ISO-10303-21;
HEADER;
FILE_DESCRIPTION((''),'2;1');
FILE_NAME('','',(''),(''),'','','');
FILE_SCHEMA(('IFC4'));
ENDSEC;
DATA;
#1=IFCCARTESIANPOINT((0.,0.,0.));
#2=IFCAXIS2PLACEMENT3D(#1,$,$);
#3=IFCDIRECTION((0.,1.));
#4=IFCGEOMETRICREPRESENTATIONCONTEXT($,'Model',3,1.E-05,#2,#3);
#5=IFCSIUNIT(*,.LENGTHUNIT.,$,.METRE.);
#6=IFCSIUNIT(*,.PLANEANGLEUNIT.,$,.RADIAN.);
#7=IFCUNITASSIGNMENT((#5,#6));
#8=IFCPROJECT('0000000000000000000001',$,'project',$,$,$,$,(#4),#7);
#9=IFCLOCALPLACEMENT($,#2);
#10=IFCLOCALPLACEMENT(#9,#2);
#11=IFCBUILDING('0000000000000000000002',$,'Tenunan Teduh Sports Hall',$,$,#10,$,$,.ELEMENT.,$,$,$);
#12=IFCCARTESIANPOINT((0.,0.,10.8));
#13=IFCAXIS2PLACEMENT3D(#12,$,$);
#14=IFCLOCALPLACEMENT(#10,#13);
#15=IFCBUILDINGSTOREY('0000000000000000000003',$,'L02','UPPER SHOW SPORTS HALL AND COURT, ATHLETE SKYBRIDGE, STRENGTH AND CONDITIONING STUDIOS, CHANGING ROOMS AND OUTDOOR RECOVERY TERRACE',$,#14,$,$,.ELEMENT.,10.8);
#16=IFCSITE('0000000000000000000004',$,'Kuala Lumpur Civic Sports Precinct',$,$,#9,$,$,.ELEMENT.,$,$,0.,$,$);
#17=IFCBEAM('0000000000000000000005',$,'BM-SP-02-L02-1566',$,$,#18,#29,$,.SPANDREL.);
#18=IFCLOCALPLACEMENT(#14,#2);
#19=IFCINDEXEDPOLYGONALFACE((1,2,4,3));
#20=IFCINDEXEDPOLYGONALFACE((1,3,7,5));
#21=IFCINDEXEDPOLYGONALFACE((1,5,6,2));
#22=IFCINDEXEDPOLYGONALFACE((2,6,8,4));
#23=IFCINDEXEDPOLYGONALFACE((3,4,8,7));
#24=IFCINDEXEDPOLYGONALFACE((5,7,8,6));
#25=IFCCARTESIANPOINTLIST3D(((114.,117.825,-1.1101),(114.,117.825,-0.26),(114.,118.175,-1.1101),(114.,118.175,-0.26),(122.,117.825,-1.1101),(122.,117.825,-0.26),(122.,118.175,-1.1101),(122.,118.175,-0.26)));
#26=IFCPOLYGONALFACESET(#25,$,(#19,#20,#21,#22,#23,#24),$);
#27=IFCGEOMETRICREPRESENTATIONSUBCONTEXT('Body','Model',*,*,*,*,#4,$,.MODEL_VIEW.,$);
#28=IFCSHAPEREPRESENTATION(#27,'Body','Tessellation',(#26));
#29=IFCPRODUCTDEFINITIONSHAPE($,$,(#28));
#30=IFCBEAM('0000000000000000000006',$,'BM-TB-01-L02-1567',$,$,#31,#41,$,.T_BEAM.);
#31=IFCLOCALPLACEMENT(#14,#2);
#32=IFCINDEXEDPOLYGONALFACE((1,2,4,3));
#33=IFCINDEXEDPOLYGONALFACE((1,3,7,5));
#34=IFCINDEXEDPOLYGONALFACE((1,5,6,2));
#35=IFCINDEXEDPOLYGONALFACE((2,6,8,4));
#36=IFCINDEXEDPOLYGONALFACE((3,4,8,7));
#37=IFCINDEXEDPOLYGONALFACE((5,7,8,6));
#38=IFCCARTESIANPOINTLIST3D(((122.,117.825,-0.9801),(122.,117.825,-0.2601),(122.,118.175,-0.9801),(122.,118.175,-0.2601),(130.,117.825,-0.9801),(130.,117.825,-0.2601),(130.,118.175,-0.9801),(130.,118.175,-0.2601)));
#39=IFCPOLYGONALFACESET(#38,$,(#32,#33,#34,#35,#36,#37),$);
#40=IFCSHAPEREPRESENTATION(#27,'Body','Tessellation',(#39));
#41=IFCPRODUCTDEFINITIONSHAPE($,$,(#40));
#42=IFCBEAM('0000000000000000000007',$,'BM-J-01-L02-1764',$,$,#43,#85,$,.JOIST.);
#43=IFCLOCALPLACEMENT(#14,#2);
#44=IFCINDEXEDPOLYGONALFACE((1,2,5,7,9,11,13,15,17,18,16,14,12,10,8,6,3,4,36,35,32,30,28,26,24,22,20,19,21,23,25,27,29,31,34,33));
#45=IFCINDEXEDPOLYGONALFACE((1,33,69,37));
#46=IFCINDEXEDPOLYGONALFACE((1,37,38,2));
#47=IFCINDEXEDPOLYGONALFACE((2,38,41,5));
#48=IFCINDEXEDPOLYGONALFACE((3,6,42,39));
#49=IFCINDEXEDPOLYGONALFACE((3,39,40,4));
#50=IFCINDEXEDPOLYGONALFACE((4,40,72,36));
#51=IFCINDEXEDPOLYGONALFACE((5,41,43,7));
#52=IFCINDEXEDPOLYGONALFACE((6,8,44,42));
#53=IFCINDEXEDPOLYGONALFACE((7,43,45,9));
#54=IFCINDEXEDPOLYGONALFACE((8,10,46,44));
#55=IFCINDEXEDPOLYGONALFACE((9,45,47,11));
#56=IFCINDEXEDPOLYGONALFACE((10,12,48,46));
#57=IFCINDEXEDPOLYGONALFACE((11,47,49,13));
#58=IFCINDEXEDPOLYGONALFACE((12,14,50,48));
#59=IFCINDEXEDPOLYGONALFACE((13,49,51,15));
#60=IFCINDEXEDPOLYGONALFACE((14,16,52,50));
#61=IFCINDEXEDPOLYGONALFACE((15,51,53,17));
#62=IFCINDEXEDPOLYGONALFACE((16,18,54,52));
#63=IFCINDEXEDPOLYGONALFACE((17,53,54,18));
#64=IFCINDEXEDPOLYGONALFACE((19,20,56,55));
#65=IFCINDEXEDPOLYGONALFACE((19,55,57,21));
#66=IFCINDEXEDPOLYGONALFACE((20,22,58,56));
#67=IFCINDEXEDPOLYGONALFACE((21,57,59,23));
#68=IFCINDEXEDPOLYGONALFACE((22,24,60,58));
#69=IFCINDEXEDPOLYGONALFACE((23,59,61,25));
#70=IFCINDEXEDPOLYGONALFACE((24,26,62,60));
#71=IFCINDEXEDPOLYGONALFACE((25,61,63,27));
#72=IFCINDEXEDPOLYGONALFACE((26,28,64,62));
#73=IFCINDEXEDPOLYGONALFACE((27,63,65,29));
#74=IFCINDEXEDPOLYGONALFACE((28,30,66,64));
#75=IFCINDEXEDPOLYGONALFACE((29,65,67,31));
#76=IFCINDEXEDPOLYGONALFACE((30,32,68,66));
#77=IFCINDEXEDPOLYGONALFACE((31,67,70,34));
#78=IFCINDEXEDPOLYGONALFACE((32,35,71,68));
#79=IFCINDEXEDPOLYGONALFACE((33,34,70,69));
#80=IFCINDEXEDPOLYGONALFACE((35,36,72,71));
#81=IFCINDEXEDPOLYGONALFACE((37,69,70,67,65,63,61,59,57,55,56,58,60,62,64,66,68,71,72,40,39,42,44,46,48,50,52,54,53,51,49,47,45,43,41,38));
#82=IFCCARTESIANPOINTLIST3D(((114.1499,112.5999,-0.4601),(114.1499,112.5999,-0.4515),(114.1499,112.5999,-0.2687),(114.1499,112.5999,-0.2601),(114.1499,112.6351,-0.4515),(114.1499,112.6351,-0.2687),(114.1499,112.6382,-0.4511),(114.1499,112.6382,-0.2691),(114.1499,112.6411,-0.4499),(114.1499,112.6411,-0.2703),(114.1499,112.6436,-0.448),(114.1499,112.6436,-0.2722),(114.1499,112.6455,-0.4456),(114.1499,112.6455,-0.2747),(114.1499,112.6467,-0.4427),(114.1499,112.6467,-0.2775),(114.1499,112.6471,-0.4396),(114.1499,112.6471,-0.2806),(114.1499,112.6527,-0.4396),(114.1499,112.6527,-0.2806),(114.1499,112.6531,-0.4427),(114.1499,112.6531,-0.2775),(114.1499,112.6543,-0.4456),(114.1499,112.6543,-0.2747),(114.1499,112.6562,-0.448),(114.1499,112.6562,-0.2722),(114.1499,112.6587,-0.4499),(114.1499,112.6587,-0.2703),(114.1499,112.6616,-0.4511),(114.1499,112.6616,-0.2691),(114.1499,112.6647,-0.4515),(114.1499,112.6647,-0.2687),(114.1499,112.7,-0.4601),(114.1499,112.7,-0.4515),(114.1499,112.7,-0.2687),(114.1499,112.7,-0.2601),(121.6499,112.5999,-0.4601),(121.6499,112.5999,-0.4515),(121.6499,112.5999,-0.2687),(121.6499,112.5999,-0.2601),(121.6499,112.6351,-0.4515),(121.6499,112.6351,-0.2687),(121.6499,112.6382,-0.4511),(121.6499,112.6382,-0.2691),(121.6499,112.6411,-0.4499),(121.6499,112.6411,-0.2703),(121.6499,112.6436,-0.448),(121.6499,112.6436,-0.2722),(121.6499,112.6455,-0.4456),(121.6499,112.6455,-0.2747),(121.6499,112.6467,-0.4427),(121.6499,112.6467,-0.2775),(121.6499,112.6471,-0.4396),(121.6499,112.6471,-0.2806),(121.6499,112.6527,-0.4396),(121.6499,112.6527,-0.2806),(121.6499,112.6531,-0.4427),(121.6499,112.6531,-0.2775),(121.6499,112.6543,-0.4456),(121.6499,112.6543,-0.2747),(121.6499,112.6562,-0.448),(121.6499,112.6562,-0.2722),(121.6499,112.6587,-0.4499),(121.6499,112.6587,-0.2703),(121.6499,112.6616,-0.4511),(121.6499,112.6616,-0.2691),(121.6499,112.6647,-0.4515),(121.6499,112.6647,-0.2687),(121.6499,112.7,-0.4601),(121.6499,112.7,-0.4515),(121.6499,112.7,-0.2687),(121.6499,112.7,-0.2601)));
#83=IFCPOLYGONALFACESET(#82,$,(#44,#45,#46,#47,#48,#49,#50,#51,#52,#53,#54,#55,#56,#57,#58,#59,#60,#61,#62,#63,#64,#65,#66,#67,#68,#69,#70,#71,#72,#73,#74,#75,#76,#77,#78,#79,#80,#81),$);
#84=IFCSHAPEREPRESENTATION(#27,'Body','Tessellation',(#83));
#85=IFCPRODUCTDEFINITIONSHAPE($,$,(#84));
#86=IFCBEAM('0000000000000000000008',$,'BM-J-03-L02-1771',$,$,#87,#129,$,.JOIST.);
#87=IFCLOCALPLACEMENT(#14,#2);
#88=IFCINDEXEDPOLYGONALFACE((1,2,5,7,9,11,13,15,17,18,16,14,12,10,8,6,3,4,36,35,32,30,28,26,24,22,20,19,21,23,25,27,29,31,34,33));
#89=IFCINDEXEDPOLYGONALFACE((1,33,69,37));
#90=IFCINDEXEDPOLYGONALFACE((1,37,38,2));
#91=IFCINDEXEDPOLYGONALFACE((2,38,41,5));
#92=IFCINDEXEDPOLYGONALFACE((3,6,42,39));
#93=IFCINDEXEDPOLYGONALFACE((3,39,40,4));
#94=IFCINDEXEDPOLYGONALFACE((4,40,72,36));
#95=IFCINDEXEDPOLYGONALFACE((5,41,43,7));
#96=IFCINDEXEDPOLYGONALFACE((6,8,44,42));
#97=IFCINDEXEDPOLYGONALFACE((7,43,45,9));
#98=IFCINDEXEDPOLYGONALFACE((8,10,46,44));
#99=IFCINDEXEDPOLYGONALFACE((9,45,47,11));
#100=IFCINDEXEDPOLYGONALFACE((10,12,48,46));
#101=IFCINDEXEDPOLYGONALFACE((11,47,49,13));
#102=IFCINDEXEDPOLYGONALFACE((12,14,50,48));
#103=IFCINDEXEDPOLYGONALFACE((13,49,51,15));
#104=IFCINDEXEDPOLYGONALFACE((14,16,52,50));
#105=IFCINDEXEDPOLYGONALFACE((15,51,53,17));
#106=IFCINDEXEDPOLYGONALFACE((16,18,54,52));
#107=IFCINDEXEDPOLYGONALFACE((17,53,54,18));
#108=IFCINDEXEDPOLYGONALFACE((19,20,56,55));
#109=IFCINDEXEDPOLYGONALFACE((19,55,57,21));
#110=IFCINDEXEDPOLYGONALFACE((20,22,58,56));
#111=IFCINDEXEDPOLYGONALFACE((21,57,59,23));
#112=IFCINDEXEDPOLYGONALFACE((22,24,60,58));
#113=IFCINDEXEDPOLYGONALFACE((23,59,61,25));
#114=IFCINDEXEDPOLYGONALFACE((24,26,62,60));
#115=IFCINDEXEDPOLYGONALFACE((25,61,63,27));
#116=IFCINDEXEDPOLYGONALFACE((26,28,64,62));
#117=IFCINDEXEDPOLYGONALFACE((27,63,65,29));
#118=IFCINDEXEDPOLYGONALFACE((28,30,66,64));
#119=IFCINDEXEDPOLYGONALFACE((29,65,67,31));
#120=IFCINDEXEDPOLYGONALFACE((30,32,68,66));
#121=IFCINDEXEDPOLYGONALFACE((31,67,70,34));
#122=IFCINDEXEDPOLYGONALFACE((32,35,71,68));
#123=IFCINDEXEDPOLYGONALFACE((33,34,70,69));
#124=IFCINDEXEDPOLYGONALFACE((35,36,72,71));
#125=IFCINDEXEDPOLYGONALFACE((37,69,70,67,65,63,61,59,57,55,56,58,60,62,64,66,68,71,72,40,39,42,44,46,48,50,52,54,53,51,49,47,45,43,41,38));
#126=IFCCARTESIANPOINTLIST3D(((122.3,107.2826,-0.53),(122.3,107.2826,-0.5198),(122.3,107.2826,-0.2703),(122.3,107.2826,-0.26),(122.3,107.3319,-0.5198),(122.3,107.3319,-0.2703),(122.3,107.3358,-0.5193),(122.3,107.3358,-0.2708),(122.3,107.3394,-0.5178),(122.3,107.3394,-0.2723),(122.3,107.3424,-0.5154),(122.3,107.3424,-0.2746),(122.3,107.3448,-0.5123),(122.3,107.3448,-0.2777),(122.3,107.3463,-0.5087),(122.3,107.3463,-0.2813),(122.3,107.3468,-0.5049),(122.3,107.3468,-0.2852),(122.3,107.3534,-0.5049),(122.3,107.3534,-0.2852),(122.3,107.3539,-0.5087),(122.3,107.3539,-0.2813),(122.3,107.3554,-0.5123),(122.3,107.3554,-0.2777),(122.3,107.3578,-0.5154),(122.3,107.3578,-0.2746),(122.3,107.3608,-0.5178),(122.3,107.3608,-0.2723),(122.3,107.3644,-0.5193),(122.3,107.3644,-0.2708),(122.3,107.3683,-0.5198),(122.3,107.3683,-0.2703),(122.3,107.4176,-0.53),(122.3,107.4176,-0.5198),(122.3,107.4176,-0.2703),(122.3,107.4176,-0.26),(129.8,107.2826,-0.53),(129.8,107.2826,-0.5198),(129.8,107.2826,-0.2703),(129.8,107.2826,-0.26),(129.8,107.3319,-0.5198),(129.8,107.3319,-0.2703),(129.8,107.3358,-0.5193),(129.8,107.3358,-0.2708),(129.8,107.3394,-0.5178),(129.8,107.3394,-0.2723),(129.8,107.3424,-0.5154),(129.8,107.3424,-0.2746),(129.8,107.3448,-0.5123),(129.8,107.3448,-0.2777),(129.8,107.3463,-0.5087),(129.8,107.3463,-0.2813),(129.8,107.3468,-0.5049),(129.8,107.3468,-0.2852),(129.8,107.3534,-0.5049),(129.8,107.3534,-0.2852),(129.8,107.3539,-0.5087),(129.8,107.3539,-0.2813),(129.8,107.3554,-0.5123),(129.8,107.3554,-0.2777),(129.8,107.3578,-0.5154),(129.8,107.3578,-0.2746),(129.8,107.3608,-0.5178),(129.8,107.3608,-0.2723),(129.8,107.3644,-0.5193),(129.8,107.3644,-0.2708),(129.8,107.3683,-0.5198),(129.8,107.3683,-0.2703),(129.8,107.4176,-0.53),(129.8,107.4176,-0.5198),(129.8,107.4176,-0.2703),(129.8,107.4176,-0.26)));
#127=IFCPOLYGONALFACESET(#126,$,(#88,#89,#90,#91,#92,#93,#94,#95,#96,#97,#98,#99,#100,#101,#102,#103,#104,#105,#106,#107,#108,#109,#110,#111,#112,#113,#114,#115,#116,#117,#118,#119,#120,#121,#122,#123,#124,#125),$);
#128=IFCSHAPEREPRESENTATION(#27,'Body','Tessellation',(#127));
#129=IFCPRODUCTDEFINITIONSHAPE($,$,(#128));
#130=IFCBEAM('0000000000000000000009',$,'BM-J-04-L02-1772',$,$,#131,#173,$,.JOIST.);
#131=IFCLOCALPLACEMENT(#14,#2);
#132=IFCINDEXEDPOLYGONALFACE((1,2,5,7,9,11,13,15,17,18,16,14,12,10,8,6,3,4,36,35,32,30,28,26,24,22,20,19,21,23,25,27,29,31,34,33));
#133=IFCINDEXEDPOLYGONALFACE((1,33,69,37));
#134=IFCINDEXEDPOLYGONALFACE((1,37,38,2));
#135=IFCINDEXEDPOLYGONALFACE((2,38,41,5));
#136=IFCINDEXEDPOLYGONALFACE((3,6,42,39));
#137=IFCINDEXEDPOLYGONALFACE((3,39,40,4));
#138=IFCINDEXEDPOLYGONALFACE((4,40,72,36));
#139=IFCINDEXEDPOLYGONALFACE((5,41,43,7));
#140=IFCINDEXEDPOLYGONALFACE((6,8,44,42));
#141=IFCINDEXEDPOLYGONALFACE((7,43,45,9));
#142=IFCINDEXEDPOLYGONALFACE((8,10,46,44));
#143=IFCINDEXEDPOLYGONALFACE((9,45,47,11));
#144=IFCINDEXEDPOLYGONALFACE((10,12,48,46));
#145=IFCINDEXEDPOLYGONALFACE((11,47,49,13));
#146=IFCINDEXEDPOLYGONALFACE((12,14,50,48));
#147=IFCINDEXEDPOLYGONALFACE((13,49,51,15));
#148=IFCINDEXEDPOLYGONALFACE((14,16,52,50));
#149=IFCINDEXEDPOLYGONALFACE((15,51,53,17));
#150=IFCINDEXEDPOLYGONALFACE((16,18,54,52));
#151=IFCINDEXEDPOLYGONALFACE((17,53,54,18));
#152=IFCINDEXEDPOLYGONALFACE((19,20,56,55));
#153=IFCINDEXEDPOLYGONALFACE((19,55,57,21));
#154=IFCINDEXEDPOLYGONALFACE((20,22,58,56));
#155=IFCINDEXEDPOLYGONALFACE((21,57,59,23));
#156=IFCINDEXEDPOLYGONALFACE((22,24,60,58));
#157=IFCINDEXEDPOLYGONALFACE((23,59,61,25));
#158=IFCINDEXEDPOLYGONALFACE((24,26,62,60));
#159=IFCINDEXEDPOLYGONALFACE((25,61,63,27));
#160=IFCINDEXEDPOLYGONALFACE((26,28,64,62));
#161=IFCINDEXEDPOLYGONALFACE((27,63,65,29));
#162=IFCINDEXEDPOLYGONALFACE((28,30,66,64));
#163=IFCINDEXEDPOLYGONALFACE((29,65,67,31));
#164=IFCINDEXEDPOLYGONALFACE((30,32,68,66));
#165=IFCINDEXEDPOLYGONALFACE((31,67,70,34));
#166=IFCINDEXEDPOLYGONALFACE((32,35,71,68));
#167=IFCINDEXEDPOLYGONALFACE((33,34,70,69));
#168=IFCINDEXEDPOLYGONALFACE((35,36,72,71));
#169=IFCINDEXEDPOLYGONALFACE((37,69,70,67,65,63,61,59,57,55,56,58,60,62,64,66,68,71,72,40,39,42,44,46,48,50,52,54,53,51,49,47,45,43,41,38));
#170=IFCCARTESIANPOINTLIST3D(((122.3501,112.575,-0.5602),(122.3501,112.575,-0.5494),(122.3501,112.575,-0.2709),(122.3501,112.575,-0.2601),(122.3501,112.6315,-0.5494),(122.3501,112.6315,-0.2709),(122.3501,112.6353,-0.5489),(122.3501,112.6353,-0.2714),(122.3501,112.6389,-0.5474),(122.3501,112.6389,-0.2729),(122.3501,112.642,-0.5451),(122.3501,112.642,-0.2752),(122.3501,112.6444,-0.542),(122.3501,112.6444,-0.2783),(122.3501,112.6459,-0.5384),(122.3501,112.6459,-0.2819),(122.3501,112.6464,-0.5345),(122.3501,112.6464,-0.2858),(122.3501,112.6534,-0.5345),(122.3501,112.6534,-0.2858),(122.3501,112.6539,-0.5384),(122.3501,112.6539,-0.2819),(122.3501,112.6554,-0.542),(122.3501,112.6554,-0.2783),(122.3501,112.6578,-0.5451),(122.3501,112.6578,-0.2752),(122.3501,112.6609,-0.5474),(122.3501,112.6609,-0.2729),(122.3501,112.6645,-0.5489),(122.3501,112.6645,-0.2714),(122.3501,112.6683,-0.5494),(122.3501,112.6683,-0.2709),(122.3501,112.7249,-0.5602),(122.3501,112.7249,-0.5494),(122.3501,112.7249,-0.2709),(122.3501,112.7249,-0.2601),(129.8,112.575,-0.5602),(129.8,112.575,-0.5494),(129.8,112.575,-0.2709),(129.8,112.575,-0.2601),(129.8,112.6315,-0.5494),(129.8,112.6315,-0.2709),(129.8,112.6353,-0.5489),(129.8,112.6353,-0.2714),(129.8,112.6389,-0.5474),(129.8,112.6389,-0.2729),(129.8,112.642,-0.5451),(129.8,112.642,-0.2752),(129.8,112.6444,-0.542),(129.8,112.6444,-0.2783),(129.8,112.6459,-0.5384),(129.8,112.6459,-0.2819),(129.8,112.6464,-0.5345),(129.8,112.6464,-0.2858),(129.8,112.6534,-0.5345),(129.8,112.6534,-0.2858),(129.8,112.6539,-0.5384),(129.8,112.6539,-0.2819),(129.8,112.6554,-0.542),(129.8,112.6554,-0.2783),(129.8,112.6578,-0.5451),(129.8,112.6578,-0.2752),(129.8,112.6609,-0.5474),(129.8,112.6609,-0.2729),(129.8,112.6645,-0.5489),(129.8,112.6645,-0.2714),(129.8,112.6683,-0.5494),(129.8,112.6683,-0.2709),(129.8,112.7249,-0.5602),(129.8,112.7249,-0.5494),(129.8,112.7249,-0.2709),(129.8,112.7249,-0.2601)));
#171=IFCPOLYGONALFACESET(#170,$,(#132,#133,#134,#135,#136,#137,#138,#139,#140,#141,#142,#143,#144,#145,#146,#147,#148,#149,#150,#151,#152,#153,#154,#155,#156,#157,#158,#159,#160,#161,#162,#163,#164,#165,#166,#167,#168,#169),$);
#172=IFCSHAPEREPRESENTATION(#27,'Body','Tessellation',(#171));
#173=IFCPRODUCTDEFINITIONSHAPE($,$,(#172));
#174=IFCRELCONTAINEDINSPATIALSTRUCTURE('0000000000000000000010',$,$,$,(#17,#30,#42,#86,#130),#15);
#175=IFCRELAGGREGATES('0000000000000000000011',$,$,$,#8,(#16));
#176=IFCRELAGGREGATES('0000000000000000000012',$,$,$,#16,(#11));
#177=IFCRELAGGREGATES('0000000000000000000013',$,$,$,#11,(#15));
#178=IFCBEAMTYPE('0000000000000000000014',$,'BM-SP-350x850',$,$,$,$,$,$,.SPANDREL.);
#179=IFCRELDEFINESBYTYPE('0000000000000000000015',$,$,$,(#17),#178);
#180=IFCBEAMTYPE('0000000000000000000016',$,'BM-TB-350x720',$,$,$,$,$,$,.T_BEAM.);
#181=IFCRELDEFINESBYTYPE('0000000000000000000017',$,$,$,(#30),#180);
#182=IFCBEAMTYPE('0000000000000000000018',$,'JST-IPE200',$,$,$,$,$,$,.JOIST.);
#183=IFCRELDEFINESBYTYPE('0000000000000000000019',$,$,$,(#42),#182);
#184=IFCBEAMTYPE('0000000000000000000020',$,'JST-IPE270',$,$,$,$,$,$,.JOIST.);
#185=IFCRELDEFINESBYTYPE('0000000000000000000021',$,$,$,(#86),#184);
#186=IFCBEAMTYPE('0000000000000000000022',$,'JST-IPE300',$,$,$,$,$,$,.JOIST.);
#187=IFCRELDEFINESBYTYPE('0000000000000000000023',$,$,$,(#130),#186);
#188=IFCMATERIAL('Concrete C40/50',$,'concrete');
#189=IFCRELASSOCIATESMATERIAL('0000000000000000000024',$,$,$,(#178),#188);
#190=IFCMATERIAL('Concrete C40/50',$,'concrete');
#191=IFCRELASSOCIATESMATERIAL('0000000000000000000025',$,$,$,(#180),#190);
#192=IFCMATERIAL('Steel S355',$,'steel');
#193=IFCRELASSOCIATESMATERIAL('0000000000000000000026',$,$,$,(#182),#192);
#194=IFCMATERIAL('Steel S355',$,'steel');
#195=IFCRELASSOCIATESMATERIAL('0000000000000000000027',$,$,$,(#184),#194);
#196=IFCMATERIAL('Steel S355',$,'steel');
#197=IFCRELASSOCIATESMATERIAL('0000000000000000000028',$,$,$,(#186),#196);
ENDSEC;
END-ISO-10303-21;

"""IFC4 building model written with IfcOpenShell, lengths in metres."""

from ifc_helpers import new_model, si_unit, direction, frame, origin, origin_2d, place, context, subcontext, project, spatial, rectangle, i_section, extrude, material, material_profile, profile_set, type_object, element, save


model = new_model("IFC4")

# Units and contexts
model_context = context("Model", 3, precision=1e-05, world=origin(), true_north=direction((0.0, 1.0)))
body_context = subcontext(model_context, "Body", "Model", "MODEL_VIEW")
ifc_project = project(units=[si_unit("LENGTHUNIT", "METRE"), si_unit("PLANEANGLEUNIT", "RADIAN")], contexts=[model_context])

# Site, building, storey
site_placement = place(None, origin())
site = spatial("IfcSite", under=ifc_project, at=site_placement, Name="Kuala Lumpur Civic Sports Precinct", CompositionType="ELEMENT", RefElevation=0.0)
building_placement = place(site_placement, origin())
building = spatial("IfcBuilding", under=site, at=building_placement, Name="Tenunan Teduh Sports Hall", CompositionType="ELEMENT")
storey_placement = place(building_placement, frame((0.0, 0.0, 10.8)))
storey = spatial("IfcBuildingStorey", under=building, at=storey_placement, Name="L02", Description="UPPER SHOW SPORTS HALL AND COURT, ATHLETE SKYBRIDGE, STRENGTH AND CONDITIONING STUDIOS, CHANGING ROOMS AND OUTDOOR RECOVERY TERRACE", CompositionType="ELEMENT", Elevation=10.8)

# Beams
ifc_material_1 = material(Name="Concrete C40/50", Category="concrete")
ifc_material_profile_1 = material_profile(ifc_material_1, rectangle(XDim=0.3501, YDim=0.8501, at=origin_2d()), Name="SPB 350x850")
ifc_profile_set_1 = profile_set([ifc_material_profile_1], Name="Concrete C40/50")
beam_type_1 = type_object("IfcBeamType", Name="BM-SP-350x850", PredefinedType="SPANDREL", material=ifc_profile_set_1)
beam_1_placement = place(storey_placement, frame((114.0, 118.0, -0.6851), z_axis=(1.0, 0.0, 0.0), x_axis=(0.0, 1.0, 0.0)))
element("IfcBeam", 1, at=beam_1_placement, inside=storey, type_object=beam_type_1, Name="BM-SP-02-L02-1566", PredefinedType="SPANDREL", context=body_context, shape_type="SweptSolid", body=[
    extrude(rectangle(XDim=0.3501, YDim=0.8501, at=origin_2d()), origin(), (0.0, 0.0, 1.0), 8.0),
])
ifc_material_2 = material(Name="Concrete C40/50", Category="concrete")
ifc_material_profile_2 = material_profile(ifc_material_2, rectangle(XDim=0.3501, YDim=0.72, at=origin_2d()), Name="TB 350x720")
ifc_profile_set_2 = profile_set([ifc_material_profile_2], Name="Concrete C40/50")
beam_type_2 = type_object("IfcBeamType", Name="BM-TB-350x720", PredefinedType="T_BEAM", material=ifc_profile_set_2)
beam_2_placement = place(storey_placement, frame((122.0, 118.0, -0.6201), z_axis=(1.0, 0.0, 0.0), x_axis=(0.0, 1.0, 0.0)))
element("IfcBeam", 2, at=beam_2_placement, inside=storey, type_object=beam_type_2, Name="BM-TB-01-L02-1567", PredefinedType="T_BEAM", context=body_context, shape_type="SweptSolid", body=[
    extrude(rectangle(XDim=0.3501, YDim=0.72, at=origin_2d()), origin(), (0.0, 0.0, 1.0), 8.0),
])
ifc_material_3 = material(Name="Steel S355", Category="steel")
ifc_material_profile_3 = material_profile(ifc_material_3, i_section(OverallWidth=0.1001, OverallDepth=0.2, WebThickness=0.0056, FlangeThickness=0.0085, FilletRadius=0.012, at=origin_2d()), Name="IPE 200")
ifc_profile_set_3 = profile_set([ifc_material_profile_3], Name="Steel S355")
beam_type_3 = type_object("IfcBeamType", Name="JST-IPE200", PredefinedType="JOIST", material=ifc_profile_set_3)
beam_3_placement = place(storey_placement, frame((114.1499, 112.6499, -0.3601), z_axis=(1.0, 0.0, 0.0), x_axis=(0.0, 1.0, 0.0)))
element("IfcBeam", 3, at=beam_3_placement, inside=storey, type_object=beam_type_3, Name="BM-J-01-L02-1764", PredefinedType="JOIST", context=body_context, shape_type="SweptSolid", body=[
    extrude(i_section(OverallWidth=0.1001, OverallDepth=0.2, WebThickness=0.0056, FlangeThickness=0.0085, FilletRadius=0.012, at=origin_2d()), origin(), (0.0, 0.0, 1.0), 7.5),
])
ifc_material_4 = material(Name="Steel S355", Category="steel")
ifc_material_profile_4 = material_profile(ifc_material_4, i_section(OverallWidth=0.135, OverallDepth=0.27, WebThickness=0.0066, FlangeThickness=0.0103, FilletRadius=0.0149, at=origin_2d()), Name="IPE 270")
ifc_profile_set_4 = profile_set([ifc_material_profile_4], Name="Steel S355")
beam_type_4 = type_object("IfcBeamType", Name="JST-IPE270", PredefinedType="JOIST", material=ifc_profile_set_4)
beam_4_placement = place(storey_placement, frame((122.3, 107.3501, -0.395), z_axis=(1.0, 0.0, 0.0), x_axis=(0.0, 1.0, 0.0)))
element("IfcBeam", 4, at=beam_4_placement, inside=storey, type_object=beam_type_4, Name="BM-J-03-L02-1771", PredefinedType="JOIST", context=body_context, shape_type="SweptSolid", body=[
    extrude(i_section(OverallWidth=0.135, OverallDepth=0.27, WebThickness=0.0066, FlangeThickness=0.0103, FilletRadius=0.0149, at=origin_2d()), origin(), (0.0, 0.0, 1.0), 7.5),
])
ifc_material_5 = material(Name="Steel S355", Category="steel")
ifc_material_profile_5 = material_profile(ifc_material_5, i_section(OverallWidth=0.1499, OverallDepth=0.3, WebThickness=0.0071, FlangeThickness=0.0107, FilletRadius=0.0149, at=origin_2d()), Name="IPE 300")
ifc_profile_set_5 = profile_set([ifc_material_profile_5], Name="Steel S355")
beam_type_5 = type_object("IfcBeamType", Name="JST-IPE300", PredefinedType="JOIST", material=ifc_profile_set_5)
beam_5_placement = place(storey_placement, frame((122.3501, 112.6499, -0.4102), z_axis=(1.0, 0.0, 0.0), x_axis=(0.0, 1.0, 0.0)))
element("IfcBeam", 5, at=beam_5_placement, inside=storey, type_object=beam_type_5, Name="BM-J-04-L02-1772", PredefinedType="JOIST", context=body_context, shape_type="SweptSolid", body=[
    extrude(i_section(OverallWidth=0.1499, OverallDepth=0.3, WebThickness=0.0071, FlangeThickness=0.0107, FilletRadius=0.0149, at=origin_2d()), origin(), (0.0, 0.0, 1.0), 7.45),
])

save(model, "model.ifc")
